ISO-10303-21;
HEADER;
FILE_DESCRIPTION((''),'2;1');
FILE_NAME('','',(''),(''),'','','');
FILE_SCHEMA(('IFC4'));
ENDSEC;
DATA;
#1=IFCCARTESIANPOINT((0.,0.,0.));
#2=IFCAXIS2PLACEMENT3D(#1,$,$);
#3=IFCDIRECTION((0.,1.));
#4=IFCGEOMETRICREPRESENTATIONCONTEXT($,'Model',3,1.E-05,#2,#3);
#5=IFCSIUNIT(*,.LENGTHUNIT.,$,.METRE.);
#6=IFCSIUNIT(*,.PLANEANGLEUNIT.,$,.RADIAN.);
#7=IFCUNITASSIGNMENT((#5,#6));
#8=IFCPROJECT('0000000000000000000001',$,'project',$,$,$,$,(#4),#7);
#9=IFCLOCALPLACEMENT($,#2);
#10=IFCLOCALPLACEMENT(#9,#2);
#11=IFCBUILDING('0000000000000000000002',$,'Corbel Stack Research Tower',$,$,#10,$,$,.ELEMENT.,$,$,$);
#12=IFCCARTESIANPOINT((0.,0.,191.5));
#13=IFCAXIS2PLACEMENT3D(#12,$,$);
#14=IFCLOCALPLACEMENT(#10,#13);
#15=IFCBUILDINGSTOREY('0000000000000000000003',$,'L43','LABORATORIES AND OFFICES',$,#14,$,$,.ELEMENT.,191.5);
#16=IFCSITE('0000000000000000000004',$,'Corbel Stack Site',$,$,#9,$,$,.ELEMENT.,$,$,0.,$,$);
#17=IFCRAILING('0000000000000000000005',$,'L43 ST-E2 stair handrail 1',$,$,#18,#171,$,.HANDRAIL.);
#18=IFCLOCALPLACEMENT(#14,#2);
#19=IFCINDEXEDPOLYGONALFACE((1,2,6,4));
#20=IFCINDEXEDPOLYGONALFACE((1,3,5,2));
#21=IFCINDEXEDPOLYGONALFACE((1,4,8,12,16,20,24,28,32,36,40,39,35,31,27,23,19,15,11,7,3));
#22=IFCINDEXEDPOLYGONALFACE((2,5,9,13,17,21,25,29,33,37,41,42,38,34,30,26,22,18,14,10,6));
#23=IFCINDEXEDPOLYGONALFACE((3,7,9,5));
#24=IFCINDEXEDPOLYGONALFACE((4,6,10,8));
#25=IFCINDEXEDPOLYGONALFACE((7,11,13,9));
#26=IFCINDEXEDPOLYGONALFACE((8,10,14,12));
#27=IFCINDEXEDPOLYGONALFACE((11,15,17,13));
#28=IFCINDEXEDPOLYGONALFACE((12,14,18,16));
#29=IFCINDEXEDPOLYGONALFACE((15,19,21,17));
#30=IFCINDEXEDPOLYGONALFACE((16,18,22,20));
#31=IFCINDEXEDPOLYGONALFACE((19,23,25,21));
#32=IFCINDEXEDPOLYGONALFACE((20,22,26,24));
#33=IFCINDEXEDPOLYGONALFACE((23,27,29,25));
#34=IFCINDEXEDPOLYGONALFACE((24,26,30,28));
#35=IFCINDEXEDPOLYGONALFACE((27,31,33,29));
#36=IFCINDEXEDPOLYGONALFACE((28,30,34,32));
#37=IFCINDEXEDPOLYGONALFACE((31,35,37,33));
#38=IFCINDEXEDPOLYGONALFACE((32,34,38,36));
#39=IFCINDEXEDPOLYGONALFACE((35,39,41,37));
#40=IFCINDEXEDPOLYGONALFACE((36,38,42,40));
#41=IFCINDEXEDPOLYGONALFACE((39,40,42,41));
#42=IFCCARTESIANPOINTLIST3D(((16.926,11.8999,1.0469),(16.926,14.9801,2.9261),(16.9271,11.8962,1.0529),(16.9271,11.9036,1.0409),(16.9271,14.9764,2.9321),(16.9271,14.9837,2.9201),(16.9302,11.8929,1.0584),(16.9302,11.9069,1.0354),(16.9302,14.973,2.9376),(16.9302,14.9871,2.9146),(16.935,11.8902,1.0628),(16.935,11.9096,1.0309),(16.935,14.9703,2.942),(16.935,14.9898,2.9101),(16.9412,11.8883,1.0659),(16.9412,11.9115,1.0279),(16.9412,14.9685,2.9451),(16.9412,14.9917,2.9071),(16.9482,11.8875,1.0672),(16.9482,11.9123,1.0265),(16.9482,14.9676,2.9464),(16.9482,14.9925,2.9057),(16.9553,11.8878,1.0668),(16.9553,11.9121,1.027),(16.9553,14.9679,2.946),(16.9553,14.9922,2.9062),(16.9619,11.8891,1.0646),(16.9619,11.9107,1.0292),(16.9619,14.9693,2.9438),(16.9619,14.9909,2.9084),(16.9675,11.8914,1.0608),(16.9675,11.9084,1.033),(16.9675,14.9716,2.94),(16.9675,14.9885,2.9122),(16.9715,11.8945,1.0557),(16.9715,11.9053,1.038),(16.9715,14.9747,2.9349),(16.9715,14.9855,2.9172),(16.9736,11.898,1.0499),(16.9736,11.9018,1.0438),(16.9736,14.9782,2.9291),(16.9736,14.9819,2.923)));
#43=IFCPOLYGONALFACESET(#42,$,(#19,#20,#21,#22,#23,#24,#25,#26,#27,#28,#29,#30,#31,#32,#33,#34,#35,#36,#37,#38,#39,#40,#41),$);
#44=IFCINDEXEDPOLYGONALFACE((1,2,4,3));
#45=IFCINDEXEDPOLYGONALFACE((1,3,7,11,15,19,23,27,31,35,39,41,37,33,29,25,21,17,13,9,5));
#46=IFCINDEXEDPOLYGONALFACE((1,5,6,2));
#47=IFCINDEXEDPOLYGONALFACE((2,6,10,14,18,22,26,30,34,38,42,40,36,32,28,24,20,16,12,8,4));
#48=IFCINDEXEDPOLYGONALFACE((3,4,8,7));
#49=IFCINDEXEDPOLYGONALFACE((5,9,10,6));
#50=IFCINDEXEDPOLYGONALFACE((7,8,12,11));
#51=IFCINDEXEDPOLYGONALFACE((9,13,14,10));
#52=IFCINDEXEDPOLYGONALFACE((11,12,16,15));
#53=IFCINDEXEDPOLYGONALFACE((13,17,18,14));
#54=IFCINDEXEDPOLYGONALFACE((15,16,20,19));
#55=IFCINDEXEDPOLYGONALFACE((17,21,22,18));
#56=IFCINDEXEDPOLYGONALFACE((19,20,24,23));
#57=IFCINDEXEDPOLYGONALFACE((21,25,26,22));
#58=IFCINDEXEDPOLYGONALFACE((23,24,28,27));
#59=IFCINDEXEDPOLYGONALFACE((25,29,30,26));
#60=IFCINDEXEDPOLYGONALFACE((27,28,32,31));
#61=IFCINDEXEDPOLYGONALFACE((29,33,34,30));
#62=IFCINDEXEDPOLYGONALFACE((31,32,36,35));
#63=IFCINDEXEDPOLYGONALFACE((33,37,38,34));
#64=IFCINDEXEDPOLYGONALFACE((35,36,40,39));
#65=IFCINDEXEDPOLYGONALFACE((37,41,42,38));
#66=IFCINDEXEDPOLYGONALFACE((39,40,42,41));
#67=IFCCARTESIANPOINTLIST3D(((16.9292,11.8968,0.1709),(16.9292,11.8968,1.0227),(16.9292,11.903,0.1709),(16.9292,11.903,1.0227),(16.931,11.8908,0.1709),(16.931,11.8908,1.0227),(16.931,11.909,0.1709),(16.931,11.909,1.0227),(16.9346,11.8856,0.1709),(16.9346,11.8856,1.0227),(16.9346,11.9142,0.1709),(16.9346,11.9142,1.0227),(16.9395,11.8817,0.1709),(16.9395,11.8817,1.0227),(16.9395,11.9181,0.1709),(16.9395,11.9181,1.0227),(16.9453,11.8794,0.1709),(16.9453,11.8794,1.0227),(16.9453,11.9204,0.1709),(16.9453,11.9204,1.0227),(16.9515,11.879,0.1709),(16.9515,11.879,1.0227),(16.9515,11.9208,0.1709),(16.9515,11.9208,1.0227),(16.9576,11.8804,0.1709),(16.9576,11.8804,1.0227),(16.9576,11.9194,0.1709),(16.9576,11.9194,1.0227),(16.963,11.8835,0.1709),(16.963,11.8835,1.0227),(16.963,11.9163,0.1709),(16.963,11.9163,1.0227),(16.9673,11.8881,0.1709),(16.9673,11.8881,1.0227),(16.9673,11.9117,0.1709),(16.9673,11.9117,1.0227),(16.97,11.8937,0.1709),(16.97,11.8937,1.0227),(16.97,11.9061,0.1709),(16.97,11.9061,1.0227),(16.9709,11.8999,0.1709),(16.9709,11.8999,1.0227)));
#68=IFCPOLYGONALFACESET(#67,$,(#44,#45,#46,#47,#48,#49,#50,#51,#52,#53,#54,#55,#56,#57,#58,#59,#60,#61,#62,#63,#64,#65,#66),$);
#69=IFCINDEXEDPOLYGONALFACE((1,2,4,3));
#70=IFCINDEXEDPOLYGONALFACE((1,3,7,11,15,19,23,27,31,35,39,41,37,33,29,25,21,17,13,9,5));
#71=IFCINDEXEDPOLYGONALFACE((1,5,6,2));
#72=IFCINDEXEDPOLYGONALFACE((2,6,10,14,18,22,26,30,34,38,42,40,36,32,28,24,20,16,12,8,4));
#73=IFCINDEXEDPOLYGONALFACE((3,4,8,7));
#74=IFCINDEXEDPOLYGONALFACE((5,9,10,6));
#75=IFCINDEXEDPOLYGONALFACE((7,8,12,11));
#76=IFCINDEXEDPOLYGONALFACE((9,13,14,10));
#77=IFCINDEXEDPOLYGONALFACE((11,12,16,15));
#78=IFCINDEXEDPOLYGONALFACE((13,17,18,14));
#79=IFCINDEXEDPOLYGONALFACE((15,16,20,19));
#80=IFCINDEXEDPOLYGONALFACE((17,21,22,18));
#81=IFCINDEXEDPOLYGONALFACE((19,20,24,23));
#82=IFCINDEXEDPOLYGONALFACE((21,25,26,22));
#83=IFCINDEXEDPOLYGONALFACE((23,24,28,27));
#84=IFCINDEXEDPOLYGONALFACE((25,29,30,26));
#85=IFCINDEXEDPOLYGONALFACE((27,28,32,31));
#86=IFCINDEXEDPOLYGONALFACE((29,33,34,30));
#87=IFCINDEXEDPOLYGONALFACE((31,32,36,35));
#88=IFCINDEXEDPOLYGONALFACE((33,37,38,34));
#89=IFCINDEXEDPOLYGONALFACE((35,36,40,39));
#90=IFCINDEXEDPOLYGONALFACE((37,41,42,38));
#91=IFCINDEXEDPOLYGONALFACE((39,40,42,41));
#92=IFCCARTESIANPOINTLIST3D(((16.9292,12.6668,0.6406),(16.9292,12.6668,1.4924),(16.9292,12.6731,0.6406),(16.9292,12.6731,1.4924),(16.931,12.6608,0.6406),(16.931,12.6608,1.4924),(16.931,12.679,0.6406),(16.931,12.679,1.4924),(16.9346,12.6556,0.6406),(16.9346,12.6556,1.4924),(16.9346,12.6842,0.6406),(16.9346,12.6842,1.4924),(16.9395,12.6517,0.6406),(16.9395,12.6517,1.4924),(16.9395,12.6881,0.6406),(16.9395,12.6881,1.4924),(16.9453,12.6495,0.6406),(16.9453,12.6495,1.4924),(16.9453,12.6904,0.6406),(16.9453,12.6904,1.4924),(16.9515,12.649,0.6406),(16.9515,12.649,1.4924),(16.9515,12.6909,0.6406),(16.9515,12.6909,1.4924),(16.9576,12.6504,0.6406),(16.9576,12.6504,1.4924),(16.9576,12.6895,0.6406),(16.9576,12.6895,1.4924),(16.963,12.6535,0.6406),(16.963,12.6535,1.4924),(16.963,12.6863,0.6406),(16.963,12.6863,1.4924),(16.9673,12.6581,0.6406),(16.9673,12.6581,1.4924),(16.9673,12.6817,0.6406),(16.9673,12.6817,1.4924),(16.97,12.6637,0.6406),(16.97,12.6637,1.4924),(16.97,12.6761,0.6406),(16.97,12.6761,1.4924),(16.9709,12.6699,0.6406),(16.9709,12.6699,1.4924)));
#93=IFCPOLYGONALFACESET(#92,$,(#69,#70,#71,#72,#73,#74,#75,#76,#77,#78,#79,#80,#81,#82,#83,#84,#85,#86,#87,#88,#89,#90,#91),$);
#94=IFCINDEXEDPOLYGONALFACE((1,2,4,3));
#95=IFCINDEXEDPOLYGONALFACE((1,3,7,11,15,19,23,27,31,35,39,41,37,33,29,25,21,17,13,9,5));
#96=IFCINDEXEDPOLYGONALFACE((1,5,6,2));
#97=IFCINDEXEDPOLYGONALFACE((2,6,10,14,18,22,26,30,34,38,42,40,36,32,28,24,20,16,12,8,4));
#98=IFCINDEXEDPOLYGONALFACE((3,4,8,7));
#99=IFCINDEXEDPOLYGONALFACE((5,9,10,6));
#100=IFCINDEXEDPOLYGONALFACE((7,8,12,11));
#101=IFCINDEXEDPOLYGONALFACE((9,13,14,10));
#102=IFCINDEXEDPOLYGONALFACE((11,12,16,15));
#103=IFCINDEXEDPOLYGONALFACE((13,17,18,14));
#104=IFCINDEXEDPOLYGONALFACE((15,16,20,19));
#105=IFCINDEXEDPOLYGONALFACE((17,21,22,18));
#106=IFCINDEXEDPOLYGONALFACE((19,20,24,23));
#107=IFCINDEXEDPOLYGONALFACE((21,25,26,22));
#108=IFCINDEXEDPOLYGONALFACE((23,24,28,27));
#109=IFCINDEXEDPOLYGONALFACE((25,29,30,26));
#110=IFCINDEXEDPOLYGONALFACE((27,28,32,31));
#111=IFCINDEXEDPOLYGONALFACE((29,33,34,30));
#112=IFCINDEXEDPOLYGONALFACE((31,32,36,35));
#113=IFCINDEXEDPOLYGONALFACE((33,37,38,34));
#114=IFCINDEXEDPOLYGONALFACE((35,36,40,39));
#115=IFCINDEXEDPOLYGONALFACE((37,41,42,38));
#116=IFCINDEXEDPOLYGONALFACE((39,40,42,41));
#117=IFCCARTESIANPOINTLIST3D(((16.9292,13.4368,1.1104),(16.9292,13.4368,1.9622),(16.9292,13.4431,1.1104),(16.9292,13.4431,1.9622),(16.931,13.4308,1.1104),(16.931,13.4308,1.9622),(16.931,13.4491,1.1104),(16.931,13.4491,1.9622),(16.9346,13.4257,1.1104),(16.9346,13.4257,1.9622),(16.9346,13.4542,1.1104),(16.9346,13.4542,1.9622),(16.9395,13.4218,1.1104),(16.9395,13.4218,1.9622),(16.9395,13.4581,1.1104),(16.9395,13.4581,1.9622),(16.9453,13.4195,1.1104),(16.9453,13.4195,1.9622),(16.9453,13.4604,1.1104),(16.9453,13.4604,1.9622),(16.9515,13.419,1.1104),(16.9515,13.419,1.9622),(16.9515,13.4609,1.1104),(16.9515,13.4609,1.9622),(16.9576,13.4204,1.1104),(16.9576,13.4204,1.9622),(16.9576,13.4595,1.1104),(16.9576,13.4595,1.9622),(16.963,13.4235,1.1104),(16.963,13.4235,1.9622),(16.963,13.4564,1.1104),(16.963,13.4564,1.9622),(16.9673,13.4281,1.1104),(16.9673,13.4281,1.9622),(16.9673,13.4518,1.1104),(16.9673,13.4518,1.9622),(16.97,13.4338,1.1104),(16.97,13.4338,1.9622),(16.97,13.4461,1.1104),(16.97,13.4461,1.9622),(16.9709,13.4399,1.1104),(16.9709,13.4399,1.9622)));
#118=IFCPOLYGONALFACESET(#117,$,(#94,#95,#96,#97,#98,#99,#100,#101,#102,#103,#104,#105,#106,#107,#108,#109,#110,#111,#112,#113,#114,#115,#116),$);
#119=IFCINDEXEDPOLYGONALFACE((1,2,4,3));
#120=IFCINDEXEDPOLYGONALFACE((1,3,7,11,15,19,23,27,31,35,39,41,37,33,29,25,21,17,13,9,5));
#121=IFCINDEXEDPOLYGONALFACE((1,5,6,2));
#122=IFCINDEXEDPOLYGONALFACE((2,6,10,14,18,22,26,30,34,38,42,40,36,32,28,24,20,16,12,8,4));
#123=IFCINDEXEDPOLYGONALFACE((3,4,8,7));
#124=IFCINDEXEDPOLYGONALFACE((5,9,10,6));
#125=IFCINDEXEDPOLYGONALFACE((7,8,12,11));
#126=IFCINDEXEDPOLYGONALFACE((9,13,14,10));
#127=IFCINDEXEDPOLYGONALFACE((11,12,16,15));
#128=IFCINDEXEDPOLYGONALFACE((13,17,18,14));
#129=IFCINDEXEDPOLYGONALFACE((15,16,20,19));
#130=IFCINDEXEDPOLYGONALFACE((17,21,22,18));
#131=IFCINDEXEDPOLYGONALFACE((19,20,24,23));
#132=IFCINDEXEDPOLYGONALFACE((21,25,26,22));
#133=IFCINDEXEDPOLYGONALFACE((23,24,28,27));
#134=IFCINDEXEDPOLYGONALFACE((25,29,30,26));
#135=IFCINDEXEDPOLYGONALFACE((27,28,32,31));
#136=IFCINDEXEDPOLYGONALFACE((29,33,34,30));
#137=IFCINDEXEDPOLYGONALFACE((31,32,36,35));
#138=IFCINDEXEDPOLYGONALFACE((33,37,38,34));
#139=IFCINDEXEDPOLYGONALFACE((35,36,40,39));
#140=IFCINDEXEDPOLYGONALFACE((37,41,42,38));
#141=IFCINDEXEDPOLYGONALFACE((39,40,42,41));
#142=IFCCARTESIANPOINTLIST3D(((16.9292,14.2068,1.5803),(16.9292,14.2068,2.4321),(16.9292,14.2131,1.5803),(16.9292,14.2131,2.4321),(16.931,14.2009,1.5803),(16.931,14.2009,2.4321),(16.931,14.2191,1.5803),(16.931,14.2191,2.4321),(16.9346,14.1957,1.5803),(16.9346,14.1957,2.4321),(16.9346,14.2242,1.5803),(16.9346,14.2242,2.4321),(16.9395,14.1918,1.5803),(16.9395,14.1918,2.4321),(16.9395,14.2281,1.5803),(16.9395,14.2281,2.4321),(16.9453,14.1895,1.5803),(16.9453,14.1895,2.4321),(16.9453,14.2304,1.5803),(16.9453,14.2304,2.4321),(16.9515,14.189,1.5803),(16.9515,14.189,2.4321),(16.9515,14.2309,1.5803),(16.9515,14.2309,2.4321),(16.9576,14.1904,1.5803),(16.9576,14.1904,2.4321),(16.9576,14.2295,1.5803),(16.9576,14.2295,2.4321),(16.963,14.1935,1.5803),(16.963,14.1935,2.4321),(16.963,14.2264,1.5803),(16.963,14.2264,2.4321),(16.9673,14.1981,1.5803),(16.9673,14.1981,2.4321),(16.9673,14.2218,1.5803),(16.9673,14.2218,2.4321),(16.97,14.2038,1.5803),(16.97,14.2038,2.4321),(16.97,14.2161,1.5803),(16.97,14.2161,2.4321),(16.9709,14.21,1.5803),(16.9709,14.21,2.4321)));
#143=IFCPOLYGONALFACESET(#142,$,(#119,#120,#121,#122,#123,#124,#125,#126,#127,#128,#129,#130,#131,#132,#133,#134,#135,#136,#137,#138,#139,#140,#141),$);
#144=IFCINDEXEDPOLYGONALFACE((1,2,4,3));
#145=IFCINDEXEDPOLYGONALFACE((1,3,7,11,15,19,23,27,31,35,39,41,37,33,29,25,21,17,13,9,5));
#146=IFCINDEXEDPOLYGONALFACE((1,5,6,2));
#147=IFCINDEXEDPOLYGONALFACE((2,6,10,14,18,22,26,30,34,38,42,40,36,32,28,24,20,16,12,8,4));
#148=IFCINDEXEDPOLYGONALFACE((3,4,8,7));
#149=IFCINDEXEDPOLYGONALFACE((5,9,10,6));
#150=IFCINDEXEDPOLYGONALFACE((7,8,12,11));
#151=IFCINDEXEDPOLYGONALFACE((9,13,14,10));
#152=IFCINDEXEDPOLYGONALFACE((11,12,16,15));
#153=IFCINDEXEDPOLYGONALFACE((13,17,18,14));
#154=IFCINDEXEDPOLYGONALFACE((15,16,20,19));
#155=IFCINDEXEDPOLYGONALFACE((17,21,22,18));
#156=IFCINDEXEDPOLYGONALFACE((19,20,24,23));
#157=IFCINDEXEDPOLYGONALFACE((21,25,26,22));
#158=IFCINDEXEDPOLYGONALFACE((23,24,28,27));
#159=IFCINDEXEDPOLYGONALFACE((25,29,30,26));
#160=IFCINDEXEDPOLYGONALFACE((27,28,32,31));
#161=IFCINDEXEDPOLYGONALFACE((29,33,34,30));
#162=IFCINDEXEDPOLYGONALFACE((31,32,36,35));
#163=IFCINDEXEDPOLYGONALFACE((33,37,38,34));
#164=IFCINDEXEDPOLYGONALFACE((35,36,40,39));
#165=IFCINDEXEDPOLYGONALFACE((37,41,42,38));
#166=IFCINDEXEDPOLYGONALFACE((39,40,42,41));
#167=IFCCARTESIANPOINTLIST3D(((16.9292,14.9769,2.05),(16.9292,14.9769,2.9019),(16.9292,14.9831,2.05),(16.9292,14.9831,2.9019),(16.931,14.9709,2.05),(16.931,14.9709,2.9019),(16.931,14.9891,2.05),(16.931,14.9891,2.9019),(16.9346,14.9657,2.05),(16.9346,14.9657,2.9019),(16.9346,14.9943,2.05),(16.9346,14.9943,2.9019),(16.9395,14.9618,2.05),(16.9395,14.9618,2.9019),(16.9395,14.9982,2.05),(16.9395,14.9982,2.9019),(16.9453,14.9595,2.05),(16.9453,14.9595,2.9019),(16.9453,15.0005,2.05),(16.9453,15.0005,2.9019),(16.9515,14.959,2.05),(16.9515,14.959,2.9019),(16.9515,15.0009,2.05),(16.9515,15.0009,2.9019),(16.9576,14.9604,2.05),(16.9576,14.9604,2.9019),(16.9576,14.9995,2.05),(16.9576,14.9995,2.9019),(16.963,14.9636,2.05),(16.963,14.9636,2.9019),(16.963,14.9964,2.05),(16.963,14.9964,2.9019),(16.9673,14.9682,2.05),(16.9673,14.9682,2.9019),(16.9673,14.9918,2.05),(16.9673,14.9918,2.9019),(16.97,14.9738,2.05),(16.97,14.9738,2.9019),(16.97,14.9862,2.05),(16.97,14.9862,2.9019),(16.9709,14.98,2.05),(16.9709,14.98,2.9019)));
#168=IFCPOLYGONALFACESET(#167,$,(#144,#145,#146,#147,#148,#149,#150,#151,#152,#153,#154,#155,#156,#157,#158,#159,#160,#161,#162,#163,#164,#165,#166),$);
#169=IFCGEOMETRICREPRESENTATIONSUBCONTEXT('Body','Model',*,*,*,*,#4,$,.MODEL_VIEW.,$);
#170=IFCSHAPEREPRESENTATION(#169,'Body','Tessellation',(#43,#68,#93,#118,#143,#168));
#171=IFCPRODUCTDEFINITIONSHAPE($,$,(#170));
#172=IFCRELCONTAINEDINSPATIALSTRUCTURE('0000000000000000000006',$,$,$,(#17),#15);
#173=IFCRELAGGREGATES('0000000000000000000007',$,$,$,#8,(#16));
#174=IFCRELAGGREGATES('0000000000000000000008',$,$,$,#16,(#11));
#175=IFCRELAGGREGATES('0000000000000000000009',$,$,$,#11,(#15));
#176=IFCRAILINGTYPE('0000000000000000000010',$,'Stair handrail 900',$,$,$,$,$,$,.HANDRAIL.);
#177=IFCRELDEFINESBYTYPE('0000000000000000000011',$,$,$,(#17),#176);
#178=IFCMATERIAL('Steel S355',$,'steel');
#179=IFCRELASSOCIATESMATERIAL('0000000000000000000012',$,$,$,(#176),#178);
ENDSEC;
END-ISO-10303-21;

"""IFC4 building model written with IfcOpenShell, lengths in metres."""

from ifc_helpers import new_model, si_unit, direction, frame, origin, origin_2d, place, context, subcontext, project, spatial, circle, extrude, material, type_object, element, save


model = new_model("IFC4")

# Units and contexts
model_context = context("Model", 3, precision=1e-05, world=origin(), true_north=direction((0.0, 1.0)))
body_context = subcontext(model_context, "Body", "Model", "MODEL_VIEW")
ifc_project = project(units=[si_unit("LENGTHUNIT", "METRE"), si_unit("PLANEANGLEUNIT", "RADIAN")], contexts=[model_context])

# Site, building, storey
site_placement = place(None, origin())
site = spatial("IfcSite", under=ifc_project, at=site_placement, Name="Corbel Stack Site", CompositionType="ELEMENT", RefElevation=0.0)
building_placement = place(site_placement, origin())
building = spatial("IfcBuilding", under=site, at=building_placement, Name="Corbel Stack Research Tower", CompositionType="ELEMENT")
storey_placement = place(building_placement, frame((0.0, 0.0, 191.5)))
storey = spatial("IfcBuildingStorey", under=building, at=storey_placement, Name="L43", Description="LABORATORIES AND OFFICES", CompositionType="ELEMENT", Elevation=191.5)

# Railing
ifc_material_1 = material(Name="Steel S355", Category="steel")
railing_type_1 = type_object("IfcRailingType", Name="Stair handrail 900", PredefinedType="HANDRAIL", material=ifc_material_1)
railing_1_placement = place(storey_placement, frame((16.95, 11.8999, 0.1709)))
element("IfcRailing", 1, at=railing_1_placement, inside=storey, type_object=railing_type_1, Name="L43 ST-E2 stair handrail 1", PredefinedType="HANDRAIL", context=body_context, shape_type="SweptSolid", body=[
    extrude(circle(Radius=0.0239, at=origin_2d()), frame((0.0, 0.0, 0.876), z_axis=(0.0, 0.853666, 0.52082), x_axis=(-1.0, 0.0, 0.0)), (0.0, 0.0, 1.0), 3.6082),
    extrude(circle(Radius=0.021, at=origin_2d()), origin(), (0.0, 0.0, 1.0), 0.8518),
    extrude(circle(Radius=0.021, at=origin_2d()), frame((0.0, 0.77, 0.4697)), (0.0, 0.0, 1.0), 0.8518),
    extrude(circle(Radius=0.021, at=origin_2d()), frame((0.0, 1.54, 0.9395)), (0.0, 0.0, 1.0), 0.8518),
    extrude(circle(Radius=0.021, at=origin_2d()), frame((0.0, 2.3101, 1.4094)), (0.0, 0.0, 1.0), 0.8518),
    extrude(circle(Radius=0.021, at=origin_2d()), frame((0.0, 3.0801, 1.8792)), (0.0, 0.0, 1.0), 0.8518),
])

save(model, "model.ifc")
